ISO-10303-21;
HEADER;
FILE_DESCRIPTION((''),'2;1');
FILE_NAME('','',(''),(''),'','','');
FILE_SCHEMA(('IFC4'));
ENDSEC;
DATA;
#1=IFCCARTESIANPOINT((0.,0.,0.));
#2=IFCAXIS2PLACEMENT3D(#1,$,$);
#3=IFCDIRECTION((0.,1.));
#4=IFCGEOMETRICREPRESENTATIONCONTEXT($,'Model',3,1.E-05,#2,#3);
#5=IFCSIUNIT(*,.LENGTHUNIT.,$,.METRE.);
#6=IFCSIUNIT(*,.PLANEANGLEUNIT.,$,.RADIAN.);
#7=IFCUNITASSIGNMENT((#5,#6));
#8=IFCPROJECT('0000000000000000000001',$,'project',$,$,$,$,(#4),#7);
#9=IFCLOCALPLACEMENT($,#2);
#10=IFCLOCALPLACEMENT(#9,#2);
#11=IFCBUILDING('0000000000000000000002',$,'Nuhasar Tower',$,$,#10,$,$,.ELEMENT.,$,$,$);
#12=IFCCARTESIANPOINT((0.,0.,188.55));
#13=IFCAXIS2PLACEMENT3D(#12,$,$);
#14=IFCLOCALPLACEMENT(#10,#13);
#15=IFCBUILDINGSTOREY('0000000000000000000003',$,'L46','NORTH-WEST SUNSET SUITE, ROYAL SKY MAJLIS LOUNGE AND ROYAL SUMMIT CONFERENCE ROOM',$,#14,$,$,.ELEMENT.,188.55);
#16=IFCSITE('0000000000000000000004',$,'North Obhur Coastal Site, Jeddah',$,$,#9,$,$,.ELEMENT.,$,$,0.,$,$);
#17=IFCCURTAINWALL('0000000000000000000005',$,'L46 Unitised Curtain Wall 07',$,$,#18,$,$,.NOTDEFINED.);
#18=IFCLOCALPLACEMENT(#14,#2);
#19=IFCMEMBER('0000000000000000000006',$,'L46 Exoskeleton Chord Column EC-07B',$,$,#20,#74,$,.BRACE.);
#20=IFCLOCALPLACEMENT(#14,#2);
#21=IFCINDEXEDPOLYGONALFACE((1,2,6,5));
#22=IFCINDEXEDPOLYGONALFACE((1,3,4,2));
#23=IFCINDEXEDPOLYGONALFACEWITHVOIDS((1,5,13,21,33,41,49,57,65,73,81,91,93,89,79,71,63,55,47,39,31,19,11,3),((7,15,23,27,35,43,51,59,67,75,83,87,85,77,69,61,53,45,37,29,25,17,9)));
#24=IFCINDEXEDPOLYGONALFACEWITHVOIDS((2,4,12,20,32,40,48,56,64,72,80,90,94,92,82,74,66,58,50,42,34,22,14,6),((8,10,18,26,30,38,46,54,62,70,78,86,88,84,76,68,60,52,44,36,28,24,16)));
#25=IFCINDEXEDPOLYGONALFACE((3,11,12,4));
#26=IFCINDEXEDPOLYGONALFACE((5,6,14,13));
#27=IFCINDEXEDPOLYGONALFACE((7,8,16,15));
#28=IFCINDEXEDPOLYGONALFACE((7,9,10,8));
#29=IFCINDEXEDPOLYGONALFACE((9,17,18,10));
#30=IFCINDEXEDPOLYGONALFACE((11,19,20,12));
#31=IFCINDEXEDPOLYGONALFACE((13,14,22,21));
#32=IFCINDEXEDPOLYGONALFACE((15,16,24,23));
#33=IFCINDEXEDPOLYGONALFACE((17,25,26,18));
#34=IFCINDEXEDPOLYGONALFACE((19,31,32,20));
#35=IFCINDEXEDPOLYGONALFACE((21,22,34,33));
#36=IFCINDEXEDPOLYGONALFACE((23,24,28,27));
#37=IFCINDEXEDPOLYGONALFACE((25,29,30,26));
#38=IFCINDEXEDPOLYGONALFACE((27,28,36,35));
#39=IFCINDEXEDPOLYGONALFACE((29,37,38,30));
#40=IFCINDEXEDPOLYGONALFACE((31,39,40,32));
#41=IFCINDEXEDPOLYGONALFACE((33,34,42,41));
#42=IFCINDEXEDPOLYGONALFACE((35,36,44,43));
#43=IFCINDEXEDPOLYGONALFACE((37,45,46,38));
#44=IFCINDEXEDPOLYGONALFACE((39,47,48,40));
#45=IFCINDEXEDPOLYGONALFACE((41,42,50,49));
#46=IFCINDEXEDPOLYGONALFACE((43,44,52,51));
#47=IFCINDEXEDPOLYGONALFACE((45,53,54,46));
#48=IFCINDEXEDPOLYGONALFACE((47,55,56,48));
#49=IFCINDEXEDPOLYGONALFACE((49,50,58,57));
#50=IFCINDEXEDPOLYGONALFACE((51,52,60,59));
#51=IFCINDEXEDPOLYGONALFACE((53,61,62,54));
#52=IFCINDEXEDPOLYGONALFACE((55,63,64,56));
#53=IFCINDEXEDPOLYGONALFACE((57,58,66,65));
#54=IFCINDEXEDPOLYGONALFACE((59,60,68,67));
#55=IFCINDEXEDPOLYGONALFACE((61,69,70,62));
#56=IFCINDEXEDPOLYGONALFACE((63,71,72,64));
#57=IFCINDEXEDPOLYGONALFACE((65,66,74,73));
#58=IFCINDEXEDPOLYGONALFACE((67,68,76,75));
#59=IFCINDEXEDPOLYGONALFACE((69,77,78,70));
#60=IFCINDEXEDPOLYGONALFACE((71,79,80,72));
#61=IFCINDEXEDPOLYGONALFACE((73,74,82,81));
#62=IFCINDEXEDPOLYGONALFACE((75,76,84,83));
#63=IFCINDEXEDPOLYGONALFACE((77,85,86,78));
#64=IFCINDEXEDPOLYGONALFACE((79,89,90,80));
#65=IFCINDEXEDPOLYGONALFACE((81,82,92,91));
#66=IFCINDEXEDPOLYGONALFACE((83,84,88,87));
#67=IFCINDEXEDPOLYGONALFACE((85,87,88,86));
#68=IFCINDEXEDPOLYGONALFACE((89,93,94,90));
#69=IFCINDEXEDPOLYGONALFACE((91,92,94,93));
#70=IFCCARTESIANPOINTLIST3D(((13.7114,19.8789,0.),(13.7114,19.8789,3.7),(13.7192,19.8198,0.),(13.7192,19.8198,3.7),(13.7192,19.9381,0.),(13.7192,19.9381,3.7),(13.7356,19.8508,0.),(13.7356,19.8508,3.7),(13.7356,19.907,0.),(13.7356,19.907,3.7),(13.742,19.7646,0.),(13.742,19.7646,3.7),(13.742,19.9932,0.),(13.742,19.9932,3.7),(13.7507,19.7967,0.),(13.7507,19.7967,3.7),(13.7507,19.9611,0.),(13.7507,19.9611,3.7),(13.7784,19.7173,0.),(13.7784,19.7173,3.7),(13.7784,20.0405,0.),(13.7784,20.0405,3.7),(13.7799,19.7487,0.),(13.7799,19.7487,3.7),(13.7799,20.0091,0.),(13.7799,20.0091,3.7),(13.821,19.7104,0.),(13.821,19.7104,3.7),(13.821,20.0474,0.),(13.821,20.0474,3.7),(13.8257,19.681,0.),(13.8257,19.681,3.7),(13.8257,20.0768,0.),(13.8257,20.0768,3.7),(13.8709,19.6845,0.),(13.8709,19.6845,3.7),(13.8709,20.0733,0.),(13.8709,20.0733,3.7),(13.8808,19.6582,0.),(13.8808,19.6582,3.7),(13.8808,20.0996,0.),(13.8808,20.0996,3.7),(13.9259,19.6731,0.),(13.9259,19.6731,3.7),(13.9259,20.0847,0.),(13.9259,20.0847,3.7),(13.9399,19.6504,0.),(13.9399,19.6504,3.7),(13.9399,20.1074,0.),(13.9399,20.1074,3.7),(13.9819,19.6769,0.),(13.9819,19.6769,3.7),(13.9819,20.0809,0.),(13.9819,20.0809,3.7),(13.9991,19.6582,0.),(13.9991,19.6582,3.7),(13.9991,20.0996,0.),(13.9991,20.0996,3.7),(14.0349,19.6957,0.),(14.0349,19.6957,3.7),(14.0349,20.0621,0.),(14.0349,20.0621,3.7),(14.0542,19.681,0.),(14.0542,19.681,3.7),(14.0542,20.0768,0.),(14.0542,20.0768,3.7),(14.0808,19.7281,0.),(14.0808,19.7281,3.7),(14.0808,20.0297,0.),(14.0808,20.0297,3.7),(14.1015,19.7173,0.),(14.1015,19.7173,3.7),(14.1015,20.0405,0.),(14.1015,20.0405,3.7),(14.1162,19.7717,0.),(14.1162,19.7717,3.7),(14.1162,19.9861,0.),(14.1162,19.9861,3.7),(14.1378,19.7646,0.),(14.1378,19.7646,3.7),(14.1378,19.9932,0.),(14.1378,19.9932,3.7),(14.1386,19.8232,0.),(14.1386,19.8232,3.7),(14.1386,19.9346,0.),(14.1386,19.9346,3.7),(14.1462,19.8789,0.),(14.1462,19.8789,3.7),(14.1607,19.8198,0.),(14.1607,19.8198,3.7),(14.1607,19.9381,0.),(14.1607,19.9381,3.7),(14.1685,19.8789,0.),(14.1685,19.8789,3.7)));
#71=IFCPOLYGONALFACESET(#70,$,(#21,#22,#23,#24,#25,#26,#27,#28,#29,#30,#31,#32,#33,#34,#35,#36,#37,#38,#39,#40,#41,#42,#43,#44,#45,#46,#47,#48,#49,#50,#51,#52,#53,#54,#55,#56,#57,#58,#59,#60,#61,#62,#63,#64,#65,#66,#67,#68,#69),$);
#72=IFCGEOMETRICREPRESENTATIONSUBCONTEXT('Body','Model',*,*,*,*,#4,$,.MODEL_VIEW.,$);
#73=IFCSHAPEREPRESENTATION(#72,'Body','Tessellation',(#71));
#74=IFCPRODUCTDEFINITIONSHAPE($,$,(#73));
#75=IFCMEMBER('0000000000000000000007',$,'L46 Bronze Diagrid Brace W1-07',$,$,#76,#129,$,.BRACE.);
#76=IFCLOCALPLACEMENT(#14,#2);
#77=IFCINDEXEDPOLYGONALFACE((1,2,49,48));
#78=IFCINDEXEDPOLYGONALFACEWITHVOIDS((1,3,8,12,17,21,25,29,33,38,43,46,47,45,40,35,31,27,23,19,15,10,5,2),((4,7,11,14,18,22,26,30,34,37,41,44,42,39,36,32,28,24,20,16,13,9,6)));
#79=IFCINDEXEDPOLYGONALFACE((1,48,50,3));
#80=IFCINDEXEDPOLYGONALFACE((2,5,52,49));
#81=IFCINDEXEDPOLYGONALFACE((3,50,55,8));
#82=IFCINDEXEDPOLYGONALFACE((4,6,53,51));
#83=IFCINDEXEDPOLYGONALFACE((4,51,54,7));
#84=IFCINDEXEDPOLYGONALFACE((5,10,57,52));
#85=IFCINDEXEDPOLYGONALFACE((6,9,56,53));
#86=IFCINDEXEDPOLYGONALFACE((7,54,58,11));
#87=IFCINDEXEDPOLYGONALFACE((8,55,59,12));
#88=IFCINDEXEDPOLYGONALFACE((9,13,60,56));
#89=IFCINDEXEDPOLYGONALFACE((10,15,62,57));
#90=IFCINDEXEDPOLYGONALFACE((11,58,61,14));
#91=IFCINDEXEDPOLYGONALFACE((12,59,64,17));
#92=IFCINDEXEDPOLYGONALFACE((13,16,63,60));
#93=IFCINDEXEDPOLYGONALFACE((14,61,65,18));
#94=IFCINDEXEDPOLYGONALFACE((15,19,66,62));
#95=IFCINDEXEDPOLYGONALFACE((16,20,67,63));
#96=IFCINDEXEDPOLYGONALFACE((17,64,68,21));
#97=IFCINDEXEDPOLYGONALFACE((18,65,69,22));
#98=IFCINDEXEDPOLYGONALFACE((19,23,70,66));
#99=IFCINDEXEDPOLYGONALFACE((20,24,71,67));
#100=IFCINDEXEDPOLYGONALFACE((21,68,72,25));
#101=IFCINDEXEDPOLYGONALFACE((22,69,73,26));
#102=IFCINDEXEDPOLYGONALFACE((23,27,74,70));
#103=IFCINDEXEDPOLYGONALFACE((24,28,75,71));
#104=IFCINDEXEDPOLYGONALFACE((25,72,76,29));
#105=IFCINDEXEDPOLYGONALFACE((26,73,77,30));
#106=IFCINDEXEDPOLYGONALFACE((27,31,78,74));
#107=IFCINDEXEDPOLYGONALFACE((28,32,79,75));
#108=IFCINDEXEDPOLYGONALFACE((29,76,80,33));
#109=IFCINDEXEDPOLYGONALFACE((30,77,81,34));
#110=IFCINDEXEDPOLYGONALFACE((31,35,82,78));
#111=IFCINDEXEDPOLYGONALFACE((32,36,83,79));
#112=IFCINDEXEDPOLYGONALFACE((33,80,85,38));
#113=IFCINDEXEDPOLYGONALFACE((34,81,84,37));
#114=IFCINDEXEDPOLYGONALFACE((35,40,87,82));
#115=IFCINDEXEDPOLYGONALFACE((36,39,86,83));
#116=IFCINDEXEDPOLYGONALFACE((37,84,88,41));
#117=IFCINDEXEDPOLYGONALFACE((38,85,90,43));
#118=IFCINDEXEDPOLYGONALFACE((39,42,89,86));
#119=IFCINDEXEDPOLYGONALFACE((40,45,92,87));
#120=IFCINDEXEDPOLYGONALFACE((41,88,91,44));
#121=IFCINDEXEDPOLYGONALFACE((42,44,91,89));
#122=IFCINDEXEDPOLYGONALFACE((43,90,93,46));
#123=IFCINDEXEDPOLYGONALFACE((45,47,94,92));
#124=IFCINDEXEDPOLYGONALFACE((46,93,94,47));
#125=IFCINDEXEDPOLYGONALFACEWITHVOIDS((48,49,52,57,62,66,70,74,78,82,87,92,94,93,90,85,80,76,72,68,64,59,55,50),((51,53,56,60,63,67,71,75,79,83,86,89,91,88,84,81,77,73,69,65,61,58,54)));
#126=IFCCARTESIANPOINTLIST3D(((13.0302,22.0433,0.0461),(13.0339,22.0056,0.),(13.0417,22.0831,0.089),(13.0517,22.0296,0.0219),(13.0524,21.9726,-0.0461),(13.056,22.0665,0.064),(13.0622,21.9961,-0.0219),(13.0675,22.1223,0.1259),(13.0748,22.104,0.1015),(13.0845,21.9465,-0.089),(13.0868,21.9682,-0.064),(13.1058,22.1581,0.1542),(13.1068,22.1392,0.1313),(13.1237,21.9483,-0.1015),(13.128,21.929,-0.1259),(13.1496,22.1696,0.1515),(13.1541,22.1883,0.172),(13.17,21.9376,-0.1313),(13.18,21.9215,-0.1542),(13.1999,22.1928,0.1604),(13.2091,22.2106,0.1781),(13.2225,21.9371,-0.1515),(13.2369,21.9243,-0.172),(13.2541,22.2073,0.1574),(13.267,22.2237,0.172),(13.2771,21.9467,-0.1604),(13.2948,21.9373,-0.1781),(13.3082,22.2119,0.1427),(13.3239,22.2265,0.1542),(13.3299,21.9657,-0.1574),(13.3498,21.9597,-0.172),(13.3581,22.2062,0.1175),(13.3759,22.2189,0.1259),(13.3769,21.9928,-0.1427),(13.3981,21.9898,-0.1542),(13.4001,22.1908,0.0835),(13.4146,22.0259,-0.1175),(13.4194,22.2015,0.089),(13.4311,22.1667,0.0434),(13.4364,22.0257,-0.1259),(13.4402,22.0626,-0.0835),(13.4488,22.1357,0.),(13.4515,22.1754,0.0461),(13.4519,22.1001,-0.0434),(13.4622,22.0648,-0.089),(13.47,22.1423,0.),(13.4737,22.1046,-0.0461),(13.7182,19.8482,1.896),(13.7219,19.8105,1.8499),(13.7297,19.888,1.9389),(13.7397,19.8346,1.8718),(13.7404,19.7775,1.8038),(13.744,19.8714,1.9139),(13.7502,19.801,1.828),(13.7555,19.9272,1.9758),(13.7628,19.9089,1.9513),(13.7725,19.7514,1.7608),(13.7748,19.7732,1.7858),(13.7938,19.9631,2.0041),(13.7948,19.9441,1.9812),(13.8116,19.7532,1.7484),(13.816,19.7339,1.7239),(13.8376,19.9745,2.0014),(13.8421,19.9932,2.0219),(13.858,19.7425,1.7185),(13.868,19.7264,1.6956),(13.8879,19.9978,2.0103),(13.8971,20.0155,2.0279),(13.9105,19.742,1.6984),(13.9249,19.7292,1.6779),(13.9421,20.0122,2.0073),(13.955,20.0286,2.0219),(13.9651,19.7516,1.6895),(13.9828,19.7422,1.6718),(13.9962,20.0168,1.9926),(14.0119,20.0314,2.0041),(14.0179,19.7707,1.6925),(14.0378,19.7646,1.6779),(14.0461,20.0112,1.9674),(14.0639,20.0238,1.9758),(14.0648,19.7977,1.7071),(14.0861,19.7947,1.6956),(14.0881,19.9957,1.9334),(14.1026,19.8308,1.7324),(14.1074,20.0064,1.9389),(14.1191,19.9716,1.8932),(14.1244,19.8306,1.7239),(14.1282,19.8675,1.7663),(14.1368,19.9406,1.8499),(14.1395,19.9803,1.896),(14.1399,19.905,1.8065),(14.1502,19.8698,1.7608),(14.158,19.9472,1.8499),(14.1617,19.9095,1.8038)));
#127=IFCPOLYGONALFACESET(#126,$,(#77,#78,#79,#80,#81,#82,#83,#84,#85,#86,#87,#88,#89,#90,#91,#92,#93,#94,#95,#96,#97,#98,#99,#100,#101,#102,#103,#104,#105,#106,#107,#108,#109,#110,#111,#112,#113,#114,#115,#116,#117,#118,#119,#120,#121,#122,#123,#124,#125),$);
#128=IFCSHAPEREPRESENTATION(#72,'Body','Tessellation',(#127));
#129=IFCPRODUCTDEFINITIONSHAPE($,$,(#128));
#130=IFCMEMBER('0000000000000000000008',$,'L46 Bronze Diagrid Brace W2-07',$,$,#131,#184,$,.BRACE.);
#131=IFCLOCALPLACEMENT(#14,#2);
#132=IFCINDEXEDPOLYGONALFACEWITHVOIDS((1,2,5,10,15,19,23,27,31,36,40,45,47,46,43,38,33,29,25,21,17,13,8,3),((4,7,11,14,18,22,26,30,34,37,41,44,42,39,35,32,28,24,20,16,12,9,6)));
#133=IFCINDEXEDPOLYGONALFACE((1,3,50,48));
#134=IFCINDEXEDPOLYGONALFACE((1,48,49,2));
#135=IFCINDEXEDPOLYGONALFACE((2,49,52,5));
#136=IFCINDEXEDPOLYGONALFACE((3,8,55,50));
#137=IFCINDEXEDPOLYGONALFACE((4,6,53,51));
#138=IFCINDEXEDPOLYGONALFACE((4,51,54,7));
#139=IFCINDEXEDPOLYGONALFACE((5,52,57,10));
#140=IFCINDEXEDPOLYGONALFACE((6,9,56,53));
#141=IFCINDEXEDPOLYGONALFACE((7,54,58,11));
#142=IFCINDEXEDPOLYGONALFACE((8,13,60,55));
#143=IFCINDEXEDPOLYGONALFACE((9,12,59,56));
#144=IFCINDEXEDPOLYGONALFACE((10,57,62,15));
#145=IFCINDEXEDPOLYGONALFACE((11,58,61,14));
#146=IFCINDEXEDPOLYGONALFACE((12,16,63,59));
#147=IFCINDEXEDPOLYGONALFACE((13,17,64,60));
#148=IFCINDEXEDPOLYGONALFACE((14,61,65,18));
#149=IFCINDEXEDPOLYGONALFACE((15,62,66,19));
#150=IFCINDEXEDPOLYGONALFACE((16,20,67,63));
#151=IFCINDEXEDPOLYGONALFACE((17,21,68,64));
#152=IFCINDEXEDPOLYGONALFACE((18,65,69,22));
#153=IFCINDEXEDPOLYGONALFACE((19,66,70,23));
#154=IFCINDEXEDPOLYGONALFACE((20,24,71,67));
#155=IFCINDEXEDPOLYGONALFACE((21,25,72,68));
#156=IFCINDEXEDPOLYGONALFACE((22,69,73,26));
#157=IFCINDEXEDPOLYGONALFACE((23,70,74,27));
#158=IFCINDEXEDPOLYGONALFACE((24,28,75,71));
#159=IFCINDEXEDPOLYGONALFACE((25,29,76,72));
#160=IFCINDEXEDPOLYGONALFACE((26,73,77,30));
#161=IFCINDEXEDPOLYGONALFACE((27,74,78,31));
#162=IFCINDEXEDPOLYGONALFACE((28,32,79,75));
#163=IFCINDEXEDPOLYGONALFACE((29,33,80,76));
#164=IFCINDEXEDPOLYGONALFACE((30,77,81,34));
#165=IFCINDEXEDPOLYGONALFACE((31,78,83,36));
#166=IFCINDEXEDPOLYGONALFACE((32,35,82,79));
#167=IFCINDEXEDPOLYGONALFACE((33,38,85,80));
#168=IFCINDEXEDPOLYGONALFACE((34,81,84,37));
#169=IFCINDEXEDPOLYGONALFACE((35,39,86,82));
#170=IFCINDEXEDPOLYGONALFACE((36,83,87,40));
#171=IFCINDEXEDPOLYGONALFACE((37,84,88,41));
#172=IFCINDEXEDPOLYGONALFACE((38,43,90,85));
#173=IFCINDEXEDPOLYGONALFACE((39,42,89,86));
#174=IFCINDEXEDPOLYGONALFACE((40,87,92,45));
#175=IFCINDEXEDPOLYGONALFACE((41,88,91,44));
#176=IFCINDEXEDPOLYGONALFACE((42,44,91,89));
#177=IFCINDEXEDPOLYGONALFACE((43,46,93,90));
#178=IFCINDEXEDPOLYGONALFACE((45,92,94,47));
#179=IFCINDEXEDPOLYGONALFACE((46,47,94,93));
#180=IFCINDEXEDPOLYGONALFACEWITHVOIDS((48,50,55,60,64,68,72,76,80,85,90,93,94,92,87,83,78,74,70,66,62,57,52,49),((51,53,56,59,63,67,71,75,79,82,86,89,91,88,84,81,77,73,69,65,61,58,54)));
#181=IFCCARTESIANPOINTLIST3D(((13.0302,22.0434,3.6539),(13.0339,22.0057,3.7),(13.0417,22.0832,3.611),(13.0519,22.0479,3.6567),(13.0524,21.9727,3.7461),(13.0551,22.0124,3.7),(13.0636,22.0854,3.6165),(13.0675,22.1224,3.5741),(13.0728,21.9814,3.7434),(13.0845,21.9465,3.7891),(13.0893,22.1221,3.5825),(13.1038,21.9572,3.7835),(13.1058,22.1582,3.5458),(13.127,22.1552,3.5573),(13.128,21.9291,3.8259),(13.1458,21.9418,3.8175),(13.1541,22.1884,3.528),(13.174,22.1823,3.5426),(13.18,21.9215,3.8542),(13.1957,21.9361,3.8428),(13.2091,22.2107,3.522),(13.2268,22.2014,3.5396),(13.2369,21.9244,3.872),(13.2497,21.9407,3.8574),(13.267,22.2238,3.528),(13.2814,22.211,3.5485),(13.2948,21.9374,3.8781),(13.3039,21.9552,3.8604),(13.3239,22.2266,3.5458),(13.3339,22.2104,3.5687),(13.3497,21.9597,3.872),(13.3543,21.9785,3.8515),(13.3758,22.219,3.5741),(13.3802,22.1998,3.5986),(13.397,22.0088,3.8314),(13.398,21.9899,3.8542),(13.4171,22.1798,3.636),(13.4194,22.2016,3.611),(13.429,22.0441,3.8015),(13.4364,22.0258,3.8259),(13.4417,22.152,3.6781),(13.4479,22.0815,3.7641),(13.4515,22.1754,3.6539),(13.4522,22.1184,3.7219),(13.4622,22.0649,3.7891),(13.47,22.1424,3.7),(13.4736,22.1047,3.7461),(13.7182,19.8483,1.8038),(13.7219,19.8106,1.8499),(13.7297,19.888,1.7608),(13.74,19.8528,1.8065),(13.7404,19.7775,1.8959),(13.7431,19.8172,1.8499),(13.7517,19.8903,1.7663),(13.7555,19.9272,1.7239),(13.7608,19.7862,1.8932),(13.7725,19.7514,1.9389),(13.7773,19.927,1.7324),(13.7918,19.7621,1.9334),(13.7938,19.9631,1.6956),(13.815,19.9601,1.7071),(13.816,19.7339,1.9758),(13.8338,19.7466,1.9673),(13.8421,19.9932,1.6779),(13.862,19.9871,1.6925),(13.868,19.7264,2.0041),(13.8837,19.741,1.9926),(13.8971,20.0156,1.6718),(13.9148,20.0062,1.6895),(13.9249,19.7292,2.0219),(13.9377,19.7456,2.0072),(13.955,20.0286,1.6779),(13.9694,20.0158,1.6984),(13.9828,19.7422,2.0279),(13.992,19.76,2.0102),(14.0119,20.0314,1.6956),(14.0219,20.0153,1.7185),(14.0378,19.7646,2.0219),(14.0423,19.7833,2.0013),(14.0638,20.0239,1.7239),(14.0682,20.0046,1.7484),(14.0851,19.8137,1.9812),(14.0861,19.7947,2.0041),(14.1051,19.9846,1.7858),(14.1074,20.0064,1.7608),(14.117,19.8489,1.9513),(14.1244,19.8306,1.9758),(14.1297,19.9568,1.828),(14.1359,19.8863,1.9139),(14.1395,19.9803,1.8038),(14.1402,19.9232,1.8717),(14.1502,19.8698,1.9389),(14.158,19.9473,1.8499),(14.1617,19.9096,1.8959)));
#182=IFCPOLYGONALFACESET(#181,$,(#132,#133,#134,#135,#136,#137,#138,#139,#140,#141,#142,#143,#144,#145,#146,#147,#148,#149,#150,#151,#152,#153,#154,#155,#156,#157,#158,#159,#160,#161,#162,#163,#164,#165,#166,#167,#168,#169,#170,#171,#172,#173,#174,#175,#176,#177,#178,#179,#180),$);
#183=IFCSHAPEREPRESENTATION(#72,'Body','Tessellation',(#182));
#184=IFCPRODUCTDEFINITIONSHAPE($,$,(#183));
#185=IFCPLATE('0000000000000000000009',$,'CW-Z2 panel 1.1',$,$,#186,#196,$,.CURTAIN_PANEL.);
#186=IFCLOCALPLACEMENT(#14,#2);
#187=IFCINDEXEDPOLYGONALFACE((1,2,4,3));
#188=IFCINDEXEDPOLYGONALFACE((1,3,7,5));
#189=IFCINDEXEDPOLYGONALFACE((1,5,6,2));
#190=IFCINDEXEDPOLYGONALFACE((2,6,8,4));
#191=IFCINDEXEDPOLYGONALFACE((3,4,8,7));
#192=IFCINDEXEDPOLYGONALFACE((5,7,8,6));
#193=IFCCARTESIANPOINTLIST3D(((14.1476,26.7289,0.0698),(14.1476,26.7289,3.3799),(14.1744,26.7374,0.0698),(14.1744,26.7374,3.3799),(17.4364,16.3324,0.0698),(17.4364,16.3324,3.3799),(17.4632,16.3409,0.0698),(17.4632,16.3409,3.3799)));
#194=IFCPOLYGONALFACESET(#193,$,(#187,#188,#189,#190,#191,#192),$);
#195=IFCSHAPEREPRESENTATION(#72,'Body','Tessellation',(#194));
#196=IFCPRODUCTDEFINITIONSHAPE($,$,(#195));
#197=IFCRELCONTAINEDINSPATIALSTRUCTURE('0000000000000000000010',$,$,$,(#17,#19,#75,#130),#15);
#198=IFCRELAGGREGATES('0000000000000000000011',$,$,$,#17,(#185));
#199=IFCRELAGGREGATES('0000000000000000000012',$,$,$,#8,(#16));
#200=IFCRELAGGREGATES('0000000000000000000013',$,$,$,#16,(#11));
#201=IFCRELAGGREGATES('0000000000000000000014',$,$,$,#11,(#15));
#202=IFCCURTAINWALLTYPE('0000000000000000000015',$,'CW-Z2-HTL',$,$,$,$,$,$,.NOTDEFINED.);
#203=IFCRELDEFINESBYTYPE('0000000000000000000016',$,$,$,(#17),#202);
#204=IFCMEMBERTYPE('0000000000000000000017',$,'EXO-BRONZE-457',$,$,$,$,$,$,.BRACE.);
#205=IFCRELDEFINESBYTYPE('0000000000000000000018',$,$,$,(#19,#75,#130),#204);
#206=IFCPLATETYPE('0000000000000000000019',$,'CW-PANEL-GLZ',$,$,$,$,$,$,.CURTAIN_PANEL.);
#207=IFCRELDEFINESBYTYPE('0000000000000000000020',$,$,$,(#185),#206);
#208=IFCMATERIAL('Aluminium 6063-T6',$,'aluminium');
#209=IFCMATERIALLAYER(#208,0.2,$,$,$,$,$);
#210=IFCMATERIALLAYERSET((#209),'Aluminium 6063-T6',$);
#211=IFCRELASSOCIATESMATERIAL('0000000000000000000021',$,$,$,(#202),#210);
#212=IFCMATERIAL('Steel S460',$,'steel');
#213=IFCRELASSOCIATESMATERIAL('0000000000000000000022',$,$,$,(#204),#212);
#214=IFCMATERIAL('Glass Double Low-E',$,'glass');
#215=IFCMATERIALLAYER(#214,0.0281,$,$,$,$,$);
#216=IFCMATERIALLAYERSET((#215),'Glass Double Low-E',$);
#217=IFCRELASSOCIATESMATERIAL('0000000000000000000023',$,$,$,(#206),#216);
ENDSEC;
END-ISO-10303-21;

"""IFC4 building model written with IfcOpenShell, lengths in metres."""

from ifc_helpers import new_model, si_unit, direction, frame, origin, origin_2d, place, context, subcontext, project, spatial, rectangle, hollow_circle, extrude, material, layer, layer_set, material_profile, profile_set, type_object, element, aggregate, save


model = new_model("IFC4")

# Units and contexts
model_context = context("Model", 3, precision=1e-05, world=origin(), true_north=direction((0.0, 1.0)))
body_context = subcontext(model_context, "Body", "Model", "MODEL_VIEW")
ifc_project = project(units=[si_unit("LENGTHUNIT", "METRE"), si_unit("PLANEANGLEUNIT", "RADIAN")], contexts=[model_context])

# Site, building, storey
site_placement = place(None, origin())
site = spatial("IfcSite", under=ifc_project, at=site_placement, Name="North Obhur Coastal Site, Jeddah", CompositionType="ELEMENT", RefElevation=0.0)
building_placement = place(site_placement, origin())
building = spatial("IfcBuilding", under=site, at=building_placement, Name="Nuhasar Tower", CompositionType="ELEMENT")
storey_placement = place(building_placement, frame((0.0, 0.0, 188.55)))
storey = spatial("IfcBuildingStorey", under=building, at=storey_placement, Name="L46", Description="NORTH-WEST SUNSET SUITE, ROYAL SKY MAJLIS LOUNGE AND ROYAL SUMMIT CONFERENCE ROOM", CompositionType="ELEMENT", Elevation=188.55)

# Curtain wall
ifc_material_1 = material(Name="Aluminium 6063-T6", Category="aluminium")
ifc_layer_1 = layer(ifc_material_1, 0.2)
ifc_layer_set_1 = layer_set([ifc_layer_1], Name="Aluminium 6063-T6")
curtain_wall_type = type_object("IfcCurtainWallType", Name="CW-Z2-HTL", PredefinedType="NOTDEFINED", material=ifc_layer_set_1)
curtain_wall_1_placement = place(storey_placement, origin())
curtain_wall_1 = element("IfcCurtainWall", 1, at=curtain_wall_1_placement, inside=storey, type_object=curtain_wall_type, Name="L46 Unitised Curtain Wall 07", PredefinedType="NOTDEFINED")

# Members
ifc_material_2 = material(Name="Steel S460", Category="steel")
ifc_material_profile_1 = material_profile(ifc_material_2, hollow_circle(Radius=0.2285, WallThickness=0.0222, at=origin_2d()), Name="HSS457X22.2")
ifc_profile_set_1 = profile_set([ifc_material_profile_1], Name="Steel S460")
member_type_1 = type_object("IfcMemberType", Name="EXO-BRONZE-457", PredefinedType="BRACE", material=ifc_profile_set_1)
for number, where, z_axis, x_axis, name in (
    (2, (13.9399, 19.8789, 0.0), (0.0, 0.0, 1.0), (1.0, 0.0, 0.0), "L46 Exoskeleton Chord Column EC-07B"),
):
    element("IfcMember", number, at=place(storey_placement, frame(where, z_axis=z_axis, x_axis=x_axis)), inside=storey, type_object=member_type_1, Name=name, PredefinedType="BRACE", context=body_context, shape_type="SweptSolid", body=[
        extrude(hollow_circle(Radius=0.2285, WallThickness=0.0222, at=origin_2d()), origin(), (0.0, 0.0, 1.0), 3.7),
    ])
member_1_placement = place(storey_placement, frame((13.252, 22.074, 0.0), z_axis=(0.233068, -0.743616, 0.626669), x_axis=(0.954228, 0.299079, 0.0)))
element("IfcMember", 3, at=member_1_placement, inside=storey, type_object=member_type_1, Name="L46 Bronze Diagrid Brace W1-07", PredefinedType="BRACE", context=body_context, shape_type="SweptSolid", body=[
    extrude(hollow_circle(Radius=0.2285, WallThickness=0.0222, at=origin_2d()), origin(), (0.0, 0.0, 1.0), 2.9519),
])
member_2_placement = place(storey_placement, frame((13.9399, 19.8789, 1.8499), z_axis=(-0.233056, 0.743578, 0.626719), x_axis=(-0.954228, -0.299079, 0.0)))
element("IfcMember", 4, at=member_2_placement, inside=storey, type_object=member_type_1, Name="L46 Bronze Diagrid Brace W2-07", PredefinedType="BRACE", context=body_context, shape_type="SweptSolid", body=[
    extrude(hollow_circle(Radius=0.2285, WallThickness=0.0222, at=origin_2d()), origin(), (0.0, 0.0, 1.0), 2.9521),
])

# Plate
ifc_material_3 = material(Name="Glass Double Low-E", Category="glass")
ifc_layer_2 = layer(ifc_material_3, 0.0281)
ifc_layer_set_2 = layer_set([ifc_layer_2], Name="Glass Double Low-E")
plate_type = type_object("IfcPlateType", Name="CW-PANEL-GLZ", PredefinedType="CURTAIN_PANEL", material=ifc_layer_set_2)
plate_placement = place(storey_placement, frame((15.8054, 21.5349, 0.0698), z_axis=(0.0, 0.0, 1.0), x_axis=(0.301604, -0.953433, 0.0)))
plate = element("IfcPlate", 5, at=plate_placement, type_object=plate_type, Name="CW-Z2 panel 1.1", PredefinedType="CURTAIN_PANEL", context=body_context, shape_type="SweptSolid", body=[
    extrude(rectangle(XDim=10.9043, YDim=0.0281, at=origin_2d()), origin(), (0.0, 0.0, 1.0), 3.3101),
])
aggregate(curtain_wall_1, [plate])

save(model, "model.ifc")
